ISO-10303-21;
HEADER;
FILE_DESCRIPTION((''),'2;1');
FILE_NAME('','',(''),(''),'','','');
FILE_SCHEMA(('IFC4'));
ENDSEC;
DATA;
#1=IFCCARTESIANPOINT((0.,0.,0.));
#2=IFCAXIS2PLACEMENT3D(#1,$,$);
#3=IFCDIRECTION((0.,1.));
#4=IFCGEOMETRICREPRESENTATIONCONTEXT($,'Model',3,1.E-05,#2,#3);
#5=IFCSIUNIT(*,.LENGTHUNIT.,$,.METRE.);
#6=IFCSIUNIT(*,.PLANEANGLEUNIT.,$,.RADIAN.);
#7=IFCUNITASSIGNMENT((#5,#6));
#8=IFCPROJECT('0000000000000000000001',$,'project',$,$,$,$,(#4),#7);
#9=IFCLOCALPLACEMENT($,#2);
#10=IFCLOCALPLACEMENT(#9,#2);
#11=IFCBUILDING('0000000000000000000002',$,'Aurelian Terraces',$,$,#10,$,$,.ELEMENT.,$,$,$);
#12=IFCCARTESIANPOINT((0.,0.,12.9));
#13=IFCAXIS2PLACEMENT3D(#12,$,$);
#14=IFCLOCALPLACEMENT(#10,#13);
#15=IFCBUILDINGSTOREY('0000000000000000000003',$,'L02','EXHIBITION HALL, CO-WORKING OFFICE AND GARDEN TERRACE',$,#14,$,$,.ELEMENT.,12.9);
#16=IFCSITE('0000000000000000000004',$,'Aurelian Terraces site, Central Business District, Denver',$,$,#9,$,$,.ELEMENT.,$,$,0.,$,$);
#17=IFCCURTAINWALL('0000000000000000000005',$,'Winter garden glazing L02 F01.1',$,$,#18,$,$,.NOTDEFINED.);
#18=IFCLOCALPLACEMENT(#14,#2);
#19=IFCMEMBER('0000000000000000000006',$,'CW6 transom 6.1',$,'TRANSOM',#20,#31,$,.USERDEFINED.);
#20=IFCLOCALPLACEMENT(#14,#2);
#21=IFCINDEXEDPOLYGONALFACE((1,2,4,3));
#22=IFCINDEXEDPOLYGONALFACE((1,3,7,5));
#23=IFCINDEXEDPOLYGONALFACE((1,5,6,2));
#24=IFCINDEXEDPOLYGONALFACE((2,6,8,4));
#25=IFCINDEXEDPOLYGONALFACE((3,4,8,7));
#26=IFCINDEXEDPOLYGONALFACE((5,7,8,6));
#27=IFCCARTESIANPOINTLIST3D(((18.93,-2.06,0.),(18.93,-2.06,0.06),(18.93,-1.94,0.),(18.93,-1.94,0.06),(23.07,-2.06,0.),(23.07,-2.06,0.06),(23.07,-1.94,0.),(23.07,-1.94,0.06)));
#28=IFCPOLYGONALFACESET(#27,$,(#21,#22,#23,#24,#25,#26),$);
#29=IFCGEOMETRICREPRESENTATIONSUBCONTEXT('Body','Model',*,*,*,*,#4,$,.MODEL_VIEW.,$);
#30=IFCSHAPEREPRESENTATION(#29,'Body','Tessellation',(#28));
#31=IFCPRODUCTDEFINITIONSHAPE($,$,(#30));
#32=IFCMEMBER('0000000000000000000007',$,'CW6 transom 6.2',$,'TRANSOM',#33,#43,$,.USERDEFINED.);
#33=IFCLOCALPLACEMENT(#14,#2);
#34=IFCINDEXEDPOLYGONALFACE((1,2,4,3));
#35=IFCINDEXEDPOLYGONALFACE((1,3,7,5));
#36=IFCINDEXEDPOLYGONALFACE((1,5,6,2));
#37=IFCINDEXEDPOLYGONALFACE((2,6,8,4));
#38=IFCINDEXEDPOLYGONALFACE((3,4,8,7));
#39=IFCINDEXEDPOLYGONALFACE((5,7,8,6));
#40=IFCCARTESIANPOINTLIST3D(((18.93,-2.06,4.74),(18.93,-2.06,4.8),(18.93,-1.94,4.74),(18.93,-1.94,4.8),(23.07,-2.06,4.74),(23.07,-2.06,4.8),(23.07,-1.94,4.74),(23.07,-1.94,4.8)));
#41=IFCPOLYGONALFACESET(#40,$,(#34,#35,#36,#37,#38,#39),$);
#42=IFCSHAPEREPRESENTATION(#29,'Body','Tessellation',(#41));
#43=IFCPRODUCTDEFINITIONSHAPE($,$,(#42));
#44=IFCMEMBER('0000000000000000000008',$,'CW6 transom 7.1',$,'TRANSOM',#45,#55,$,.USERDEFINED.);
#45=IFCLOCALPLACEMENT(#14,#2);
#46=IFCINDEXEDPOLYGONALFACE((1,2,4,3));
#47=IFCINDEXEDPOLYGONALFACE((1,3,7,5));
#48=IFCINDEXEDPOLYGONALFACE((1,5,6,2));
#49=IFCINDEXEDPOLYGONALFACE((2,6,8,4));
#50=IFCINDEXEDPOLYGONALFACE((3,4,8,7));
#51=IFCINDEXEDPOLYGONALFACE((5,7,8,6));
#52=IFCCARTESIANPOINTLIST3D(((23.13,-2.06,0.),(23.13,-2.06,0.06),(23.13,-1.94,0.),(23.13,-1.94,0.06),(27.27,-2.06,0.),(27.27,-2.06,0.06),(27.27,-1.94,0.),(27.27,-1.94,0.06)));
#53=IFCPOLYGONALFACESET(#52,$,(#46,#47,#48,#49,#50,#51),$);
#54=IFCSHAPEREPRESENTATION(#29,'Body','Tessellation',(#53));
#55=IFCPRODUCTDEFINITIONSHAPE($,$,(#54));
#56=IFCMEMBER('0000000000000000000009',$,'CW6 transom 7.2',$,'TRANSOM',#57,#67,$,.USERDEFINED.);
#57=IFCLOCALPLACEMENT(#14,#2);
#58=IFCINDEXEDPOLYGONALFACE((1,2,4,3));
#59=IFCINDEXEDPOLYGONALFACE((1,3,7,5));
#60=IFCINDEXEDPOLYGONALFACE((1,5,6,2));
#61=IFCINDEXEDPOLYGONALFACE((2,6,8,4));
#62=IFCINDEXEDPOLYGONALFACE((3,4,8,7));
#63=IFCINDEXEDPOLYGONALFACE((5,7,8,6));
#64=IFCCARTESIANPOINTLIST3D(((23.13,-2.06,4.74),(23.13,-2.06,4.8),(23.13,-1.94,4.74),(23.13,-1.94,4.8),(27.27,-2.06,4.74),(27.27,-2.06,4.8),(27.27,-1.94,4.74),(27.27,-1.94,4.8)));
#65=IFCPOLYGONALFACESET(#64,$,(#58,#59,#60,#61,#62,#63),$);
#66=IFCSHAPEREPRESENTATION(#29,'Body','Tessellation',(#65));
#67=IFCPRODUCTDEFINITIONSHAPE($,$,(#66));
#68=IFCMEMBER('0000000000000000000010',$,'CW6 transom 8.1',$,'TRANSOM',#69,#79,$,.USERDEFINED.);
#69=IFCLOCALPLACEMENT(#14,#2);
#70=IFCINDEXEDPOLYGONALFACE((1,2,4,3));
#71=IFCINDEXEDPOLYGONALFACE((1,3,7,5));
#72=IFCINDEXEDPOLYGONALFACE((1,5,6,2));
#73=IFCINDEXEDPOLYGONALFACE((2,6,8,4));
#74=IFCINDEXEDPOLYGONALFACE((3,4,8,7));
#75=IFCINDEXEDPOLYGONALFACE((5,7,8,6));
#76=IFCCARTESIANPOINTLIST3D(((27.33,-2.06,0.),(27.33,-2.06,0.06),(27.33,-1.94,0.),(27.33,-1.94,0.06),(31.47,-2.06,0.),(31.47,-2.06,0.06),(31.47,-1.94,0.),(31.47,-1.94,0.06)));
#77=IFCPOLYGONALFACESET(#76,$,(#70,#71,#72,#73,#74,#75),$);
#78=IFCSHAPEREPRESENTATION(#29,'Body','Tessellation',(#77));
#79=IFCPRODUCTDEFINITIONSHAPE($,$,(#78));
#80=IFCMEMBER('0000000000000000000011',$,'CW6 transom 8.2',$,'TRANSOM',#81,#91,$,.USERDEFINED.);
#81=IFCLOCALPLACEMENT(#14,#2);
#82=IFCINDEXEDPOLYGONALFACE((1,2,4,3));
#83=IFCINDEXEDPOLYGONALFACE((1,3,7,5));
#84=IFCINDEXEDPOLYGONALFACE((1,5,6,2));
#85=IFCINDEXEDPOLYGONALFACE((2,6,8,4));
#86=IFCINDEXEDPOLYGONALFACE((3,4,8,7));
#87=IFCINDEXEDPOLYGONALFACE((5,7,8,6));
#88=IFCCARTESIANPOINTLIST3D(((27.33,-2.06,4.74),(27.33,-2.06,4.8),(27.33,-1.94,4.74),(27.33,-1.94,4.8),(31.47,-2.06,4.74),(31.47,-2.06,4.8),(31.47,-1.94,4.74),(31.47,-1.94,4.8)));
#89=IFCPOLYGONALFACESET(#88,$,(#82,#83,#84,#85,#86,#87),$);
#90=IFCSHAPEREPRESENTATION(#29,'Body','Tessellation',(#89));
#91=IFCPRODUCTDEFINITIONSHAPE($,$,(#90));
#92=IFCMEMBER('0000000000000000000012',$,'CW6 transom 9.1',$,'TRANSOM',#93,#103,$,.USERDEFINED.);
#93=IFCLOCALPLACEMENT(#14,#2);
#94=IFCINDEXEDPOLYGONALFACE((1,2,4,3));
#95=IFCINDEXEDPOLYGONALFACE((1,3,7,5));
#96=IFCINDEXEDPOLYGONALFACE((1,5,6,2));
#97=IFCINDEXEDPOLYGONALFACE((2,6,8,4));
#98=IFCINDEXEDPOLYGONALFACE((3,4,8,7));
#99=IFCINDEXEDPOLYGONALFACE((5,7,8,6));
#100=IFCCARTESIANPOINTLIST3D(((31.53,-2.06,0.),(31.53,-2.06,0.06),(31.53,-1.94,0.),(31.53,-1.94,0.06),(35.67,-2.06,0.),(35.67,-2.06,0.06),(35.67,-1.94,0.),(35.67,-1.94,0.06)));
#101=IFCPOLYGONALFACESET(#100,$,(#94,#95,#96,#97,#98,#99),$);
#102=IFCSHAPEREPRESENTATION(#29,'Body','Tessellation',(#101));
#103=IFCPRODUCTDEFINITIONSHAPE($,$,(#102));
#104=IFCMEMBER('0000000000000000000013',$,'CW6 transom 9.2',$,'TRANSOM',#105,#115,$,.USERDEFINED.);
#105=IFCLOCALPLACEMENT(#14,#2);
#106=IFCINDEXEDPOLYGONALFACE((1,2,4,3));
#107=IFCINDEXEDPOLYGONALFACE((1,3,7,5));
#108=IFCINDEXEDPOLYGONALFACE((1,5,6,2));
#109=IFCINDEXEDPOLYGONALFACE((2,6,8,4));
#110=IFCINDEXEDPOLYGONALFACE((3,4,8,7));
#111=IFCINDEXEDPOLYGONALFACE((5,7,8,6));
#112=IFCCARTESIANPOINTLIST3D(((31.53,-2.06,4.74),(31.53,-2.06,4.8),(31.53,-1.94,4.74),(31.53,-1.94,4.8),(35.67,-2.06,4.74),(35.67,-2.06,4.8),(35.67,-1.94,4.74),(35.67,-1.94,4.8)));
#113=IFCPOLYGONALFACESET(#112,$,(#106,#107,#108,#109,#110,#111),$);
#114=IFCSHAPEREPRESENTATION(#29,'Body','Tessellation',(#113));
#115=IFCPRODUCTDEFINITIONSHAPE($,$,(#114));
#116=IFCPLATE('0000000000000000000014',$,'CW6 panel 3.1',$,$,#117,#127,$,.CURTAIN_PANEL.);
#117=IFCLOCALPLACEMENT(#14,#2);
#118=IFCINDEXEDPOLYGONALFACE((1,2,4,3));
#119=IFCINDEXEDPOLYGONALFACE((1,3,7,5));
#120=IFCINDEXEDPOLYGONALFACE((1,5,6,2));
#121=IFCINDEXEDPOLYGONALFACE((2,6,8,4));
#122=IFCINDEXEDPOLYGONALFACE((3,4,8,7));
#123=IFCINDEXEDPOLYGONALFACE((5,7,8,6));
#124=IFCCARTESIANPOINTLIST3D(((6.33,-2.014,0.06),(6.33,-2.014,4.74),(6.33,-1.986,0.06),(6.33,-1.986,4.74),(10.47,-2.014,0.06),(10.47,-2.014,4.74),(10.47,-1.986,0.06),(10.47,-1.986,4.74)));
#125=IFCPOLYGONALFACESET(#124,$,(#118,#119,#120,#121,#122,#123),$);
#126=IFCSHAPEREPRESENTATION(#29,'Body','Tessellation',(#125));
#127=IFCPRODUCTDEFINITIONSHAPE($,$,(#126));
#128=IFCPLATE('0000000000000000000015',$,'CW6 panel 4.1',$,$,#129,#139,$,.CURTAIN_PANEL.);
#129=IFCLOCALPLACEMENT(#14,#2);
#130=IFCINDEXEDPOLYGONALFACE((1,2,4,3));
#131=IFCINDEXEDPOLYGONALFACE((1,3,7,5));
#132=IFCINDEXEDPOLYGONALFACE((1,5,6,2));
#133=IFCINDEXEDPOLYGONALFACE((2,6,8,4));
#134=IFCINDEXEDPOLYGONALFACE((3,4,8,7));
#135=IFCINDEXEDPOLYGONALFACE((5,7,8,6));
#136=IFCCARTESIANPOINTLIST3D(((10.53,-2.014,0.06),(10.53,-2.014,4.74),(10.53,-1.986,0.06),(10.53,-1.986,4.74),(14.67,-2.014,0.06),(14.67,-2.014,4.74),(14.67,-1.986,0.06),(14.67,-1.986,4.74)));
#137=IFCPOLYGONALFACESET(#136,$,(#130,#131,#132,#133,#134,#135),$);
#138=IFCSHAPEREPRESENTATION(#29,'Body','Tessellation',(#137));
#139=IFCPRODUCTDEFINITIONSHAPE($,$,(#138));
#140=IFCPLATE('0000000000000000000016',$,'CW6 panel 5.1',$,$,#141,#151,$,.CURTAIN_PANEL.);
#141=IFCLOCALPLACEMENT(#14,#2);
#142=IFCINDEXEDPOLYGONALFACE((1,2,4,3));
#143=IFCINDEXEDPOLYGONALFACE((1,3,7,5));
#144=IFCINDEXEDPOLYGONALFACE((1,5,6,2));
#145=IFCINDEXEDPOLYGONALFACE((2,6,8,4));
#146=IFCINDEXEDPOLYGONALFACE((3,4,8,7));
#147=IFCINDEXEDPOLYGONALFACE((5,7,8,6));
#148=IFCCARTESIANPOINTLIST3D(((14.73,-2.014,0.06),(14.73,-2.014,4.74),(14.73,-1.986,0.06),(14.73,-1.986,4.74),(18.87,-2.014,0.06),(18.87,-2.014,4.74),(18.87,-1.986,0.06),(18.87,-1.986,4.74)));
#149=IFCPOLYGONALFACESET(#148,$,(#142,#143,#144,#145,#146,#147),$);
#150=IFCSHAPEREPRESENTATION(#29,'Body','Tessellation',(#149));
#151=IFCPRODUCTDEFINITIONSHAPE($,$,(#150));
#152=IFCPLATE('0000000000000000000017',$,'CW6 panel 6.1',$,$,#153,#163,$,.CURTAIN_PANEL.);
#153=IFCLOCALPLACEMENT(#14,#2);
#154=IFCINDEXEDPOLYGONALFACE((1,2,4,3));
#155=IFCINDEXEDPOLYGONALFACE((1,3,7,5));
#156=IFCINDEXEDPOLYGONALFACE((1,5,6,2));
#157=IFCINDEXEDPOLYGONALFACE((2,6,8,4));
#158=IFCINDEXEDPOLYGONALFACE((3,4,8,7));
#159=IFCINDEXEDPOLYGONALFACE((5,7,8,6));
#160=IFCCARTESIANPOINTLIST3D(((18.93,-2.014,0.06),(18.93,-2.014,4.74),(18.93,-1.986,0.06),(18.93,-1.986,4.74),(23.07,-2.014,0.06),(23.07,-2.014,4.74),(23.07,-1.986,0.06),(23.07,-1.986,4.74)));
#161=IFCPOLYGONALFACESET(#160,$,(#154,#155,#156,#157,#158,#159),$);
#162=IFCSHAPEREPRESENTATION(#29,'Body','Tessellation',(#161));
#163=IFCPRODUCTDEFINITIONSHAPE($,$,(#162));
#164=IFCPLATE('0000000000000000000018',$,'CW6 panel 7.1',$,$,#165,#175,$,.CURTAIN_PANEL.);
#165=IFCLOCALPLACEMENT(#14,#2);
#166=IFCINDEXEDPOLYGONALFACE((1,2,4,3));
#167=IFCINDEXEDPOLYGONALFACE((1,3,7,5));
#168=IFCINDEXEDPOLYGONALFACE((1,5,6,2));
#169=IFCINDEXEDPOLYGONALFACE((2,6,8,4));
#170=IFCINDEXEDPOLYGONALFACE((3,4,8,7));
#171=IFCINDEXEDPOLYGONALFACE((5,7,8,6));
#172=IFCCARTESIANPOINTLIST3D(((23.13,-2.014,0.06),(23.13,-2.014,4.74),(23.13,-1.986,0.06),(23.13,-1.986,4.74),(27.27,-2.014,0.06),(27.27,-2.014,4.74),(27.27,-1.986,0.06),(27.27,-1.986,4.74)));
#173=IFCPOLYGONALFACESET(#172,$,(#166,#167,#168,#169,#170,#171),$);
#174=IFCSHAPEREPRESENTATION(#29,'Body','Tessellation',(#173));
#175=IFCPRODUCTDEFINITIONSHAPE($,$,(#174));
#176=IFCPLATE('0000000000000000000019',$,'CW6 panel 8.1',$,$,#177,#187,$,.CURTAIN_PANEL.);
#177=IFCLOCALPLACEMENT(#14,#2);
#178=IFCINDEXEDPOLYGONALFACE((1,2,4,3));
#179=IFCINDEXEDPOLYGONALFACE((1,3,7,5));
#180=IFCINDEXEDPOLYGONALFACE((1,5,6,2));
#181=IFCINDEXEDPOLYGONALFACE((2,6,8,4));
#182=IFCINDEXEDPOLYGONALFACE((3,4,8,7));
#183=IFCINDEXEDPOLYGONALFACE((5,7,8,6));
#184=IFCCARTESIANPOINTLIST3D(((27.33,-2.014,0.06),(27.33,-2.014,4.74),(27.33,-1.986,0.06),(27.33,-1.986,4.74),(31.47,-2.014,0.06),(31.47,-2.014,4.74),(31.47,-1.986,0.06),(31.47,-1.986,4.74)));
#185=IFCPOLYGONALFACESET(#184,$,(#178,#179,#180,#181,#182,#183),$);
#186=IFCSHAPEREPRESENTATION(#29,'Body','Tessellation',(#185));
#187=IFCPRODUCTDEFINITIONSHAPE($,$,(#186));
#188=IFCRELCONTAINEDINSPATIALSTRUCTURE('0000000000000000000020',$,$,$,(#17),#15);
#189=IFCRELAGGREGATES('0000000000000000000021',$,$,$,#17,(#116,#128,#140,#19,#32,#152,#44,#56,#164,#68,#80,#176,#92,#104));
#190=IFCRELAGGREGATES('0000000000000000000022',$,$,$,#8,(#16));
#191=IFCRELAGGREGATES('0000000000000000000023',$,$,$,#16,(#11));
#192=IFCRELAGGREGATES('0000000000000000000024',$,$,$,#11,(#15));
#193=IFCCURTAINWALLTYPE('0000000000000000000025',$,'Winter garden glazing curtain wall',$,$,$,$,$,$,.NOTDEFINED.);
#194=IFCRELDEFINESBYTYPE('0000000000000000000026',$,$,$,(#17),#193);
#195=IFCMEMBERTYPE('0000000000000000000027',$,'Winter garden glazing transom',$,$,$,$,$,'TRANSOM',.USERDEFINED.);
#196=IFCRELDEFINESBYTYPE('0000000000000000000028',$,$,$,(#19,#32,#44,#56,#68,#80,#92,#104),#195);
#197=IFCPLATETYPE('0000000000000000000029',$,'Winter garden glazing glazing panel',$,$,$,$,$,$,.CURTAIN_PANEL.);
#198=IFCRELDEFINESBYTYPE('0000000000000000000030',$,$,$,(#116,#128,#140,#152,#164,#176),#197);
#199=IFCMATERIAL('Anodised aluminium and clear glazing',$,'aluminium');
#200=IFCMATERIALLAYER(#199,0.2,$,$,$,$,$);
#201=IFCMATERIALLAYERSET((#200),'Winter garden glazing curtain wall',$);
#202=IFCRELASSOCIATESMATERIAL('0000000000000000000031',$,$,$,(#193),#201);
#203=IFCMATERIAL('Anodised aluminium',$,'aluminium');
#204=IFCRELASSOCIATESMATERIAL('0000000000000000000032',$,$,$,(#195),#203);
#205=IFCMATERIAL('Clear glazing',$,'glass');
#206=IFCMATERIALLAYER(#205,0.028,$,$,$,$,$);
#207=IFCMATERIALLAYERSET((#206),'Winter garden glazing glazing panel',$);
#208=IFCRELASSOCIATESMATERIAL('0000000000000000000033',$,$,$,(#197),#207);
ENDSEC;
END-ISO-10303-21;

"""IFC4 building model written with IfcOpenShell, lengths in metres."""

from ifc_helpers import new_model, si_unit, direction, frame, origin, origin_2d, place, context, subcontext, project, spatial, rectangle, extrude, source, transform, mapped, material, layer, layer_set, material_profile, profile_set, type_object, element, aggregate, save


model = new_model("IFC4")

# Units and contexts
model_context = context("Model", 3, precision=1e-05, world=origin(), true_north=direction((0.0, 1.0)))
body_context = subcontext(model_context, "Body", "Model", "MODEL_VIEW")
ifc_project = project(units=[si_unit("LENGTHUNIT", "METRE"), si_unit("PLANEANGLEUNIT", "RADIAN")], contexts=[model_context])

# Site, building, storey
site_placement = place(None, origin())
site = spatial("IfcSite", under=ifc_project, at=site_placement, Name="Aurelian Terraces site, Central Business District, Denver", CompositionType="ELEMENT", RefElevation=0.0)
building_placement = place(site_placement, origin())
building = spatial("IfcBuilding", under=site, at=building_placement, Name="Aurelian Terraces", CompositionType="ELEMENT")
storey_placement = place(building_placement, frame((0.0, 0.0, 12.9)))
storey = spatial("IfcBuildingStorey", under=building, at=storey_placement, Name="L02", Description="EXHIBITION HALL, CO-WORKING OFFICE AND GARDEN TERRACE", CompositionType="ELEMENT", Elevation=12.9)

# Curtain wall, members, plates
ifc_material_1 = material(Name="Anodised aluminium and clear glazing", Category="aluminium")
ifc_layer_1 = layer(ifc_material_1, 0.2)
ifc_layer_set_1 = layer_set([ifc_layer_1], Name="Winter garden glazing curtain wall")
curtain_wall_type = type_object("IfcCurtainWallType", Name="Winter garden glazing curtain wall", PredefinedType="NOTDEFINED", material=ifc_layer_set_1)
curtain_wall_placement = place(storey_placement, origin())
curtain_wall = element("IfcCurtainWall", 1, at=curtain_wall_placement, inside=storey, type_object=curtain_wall_type, Name="Winter garden glazing L02 F01.1", PredefinedType="NOTDEFINED")
ifc_material_2 = material(Name="Anodised aluminium", Category="aluminium")
ifc_material_profile_1 = material_profile(ifc_material_2, rectangle(XDim=0.12, YDim=0.06, at=origin_2d()))
ifc_profile_set_1 = profile_set([ifc_material_profile_1], Name="Anodised aluminium")
member_type_1 = type_object("IfcMemberType", Name="Winter garden glazing transom", ElementType="TRANSOM", PredefinedType="USERDEFINED", material=ifc_profile_set_1)
shared_shape_1 = source(origin(), body_context, "Body", "SweptSolid", [
    extrude(rectangle(XDim=0.12, YDim=0.06, at=origin_2d()), origin(), (0.0, 0.0, 1.0), 4.14),
])
member_1_placement = place(storey_placement, frame((18.93, -2.0, 0.03), z_axis=(1.0, 0.0, 0.0), x_axis=(0.0, 1.0, 0.0)))
member_1 = element("IfcMember", 2, at=member_1_placement, type_object=member_type_1, Name="CW6 transom 6.1", ObjectType="TRANSOM", PredefinedType="USERDEFINED", context=body_context, shape_type="MappedRepresentation", body=[
    mapped(shared_shape_1, transform((0.0, 0.0, 0.0), scale=1.0)),
])
member_2_placement = place(storey_placement, frame((18.93, -2.0, 4.77), z_axis=(1.0, 0.0, 0.0), x_axis=(0.0, 1.0, 0.0)))
member_2 = element("IfcMember", 3, at=member_2_placement, type_object=member_type_1, Name="CW6 transom 6.2", ObjectType="TRANSOM", PredefinedType="USERDEFINED", context=body_context, shape_type="MappedRepresentation", body=[
    mapped(shared_shape_1, transform((0.0, 0.0, 0.0), scale=1.0)),
])
member_3_placement = place(storey_placement, frame((23.13, -2.0, 0.03), z_axis=(1.0, 0.0, 0.0), x_axis=(0.0, 1.0, 0.0)))
member_3 = element("IfcMember", 4, at=member_3_placement, type_object=member_type_1, Name="CW6 transom 7.1", ObjectType="TRANSOM", PredefinedType="USERDEFINED", context=body_context, shape_type="MappedRepresentation", body=[
    mapped(shared_shape_1, transform((0.0, 0.0, 0.0), scale=1.0)),
])
member_4_placement = place(storey_placement, frame((23.13, -2.0, 4.77), z_axis=(1.0, 0.0, 0.0), x_axis=(0.0, 1.0, 0.0)))
member_4 = element("IfcMember", 5, at=member_4_placement, type_object=member_type_1, Name="CW6 transom 7.2", ObjectType="TRANSOM", PredefinedType="USERDEFINED", context=body_context, shape_type="MappedRepresentation", body=[
    mapped(shared_shape_1, transform((0.0, 0.0, 0.0), scale=1.0)),
])
member_5_placement = place(storey_placement, frame((27.33, -2.0, 0.03), z_axis=(1.0, 0.0, 0.0), x_axis=(0.0, 1.0, 0.0)))
member_5 = element("IfcMember", 6, at=member_5_placement, type_object=member_type_1, Name="CW6 transom 8.1", ObjectType="TRANSOM", PredefinedType="USERDEFINED", context=body_context, shape_type="MappedRepresentation", body=[
    mapped(shared_shape_1, transform((0.0, 0.0, 0.0), scale=1.0)),
])
member_6_placement = place(storey_placement, frame((27.33, -2.0, 4.77), z_axis=(1.0, 0.0, 0.0), x_axis=(0.0, 1.0, 0.0)))
member_6 = element("IfcMember", 7, at=member_6_placement, type_object=member_type_1, Name="CW6 transom 8.2", ObjectType="TRANSOM", PredefinedType="USERDEFINED", context=body_context, shape_type="MappedRepresentation", body=[
    mapped(shared_shape_1, transform((0.0, 0.0, 0.0), scale=1.0)),
])
member_7_placement = place(storey_placement, frame((31.53, -2.0, 0.03), z_axis=(1.0, 0.0, 0.0), x_axis=(0.0, 1.0, 0.0)))
member_7 = element("IfcMember", 8, at=member_7_placement, type_object=member_type_1, Name="CW6 transom 9.1", ObjectType="TRANSOM", PredefinedType="USERDEFINED", context=body_context, shape_type="MappedRepresentation", body=[
    mapped(shared_shape_1, transform((0.0, 0.0, 0.0), scale=1.0)),
])
member_8_placement = place(storey_placement, frame((31.53, -2.0, 4.77), z_axis=(1.0, 0.0, 0.0), x_axis=(0.0, 1.0, 0.0)))
member_8 = element("IfcMember", 9, at=member_8_placement, type_object=member_type_1, Name="CW6 transom 9.2", ObjectType="TRANSOM", PredefinedType="USERDEFINED", context=body_context, shape_type="MappedRepresentation", body=[
    mapped(shared_shape_1, transform((0.0, 0.0, 0.0), scale=1.0)),
])
ifc_material_3 = material(Name="Clear glazing", Category="glass")
ifc_layer_2 = layer(ifc_material_3, 0.028)
ifc_layer_set_2 = layer_set([ifc_layer_2], Name="Winter garden glazing glazing panel")
plate_type = type_object("IfcPlateType", Name="Winter garden glazing glazing panel", PredefinedType="CURTAIN_PANEL", material=ifc_layer_set_2)
shared_shape_2 = source(origin(), body_context, "Body", "SweptSolid", [
    extrude(rectangle(XDim=4.14, YDim=0.028, at=origin_2d()), origin(), (0.0, 0.0, 1.0), 4.68),
])
plate_1_placement = place(storey_placement, frame((8.4, -2.0, 0.06), z_axis=(0.0, 0.0, 1.0), x_axis=(1.0, 0.0, 0.0)))
plate_1 = element("IfcPlate", 10, at=plate_1_placement, type_object=plate_type, Name="CW6 panel 3.1", PredefinedType="CURTAIN_PANEL", context=body_context, shape_type="MappedRepresentation", body=[
    mapped(shared_shape_2, transform((0.0, 0.0, 0.0), scale=1.0)),
])
plate_2_placement = place(storey_placement, frame((12.6, -2.0, 0.06), z_axis=(0.0, 0.0, 1.0), x_axis=(1.0, 0.0, 0.0)))
plate_2 = element("IfcPlate", 11, at=plate_2_placement, type_object=plate_type, Name="CW6 panel 4.1", PredefinedType="CURTAIN_PANEL", context=body_context, shape_type="MappedRepresentation", body=[
    mapped(shared_shape_2, transform((0.0, 0.0, 0.0), scale=1.0)),
])
plate_3_placement = place(storey_placement, frame((16.8, -2.0, 0.06), z_axis=(0.0, 0.0, 1.0), x_axis=(1.0, 0.0, 0.0)))
plate_3 = element("IfcPlate", 12, at=plate_3_placement, type_object=plate_type, Name="CW6 panel 5.1", PredefinedType="CURTAIN_PANEL", context=body_context, shape_type="MappedRepresentation", body=[
    mapped(shared_shape_2, transform((0.0, 0.0, 0.0), scale=1.0)),
])
plate_4_placement = place(storey_placement, frame((21.0, -2.0, 0.06), z_axis=(0.0, 0.0, 1.0), x_axis=(1.0, 0.0, 0.0)))
plate_4 = element("IfcPlate", 13, at=plate_4_placement, type_object=plate_type, Name="CW6 panel 6.1", PredefinedType="CURTAIN_PANEL", context=body_context, shape_type="MappedRepresentation", body=[
    mapped(shared_shape_2, transform((0.0, 0.0, 0.0), scale=1.0)),
])
plate_5_placement = place(storey_placement, frame((25.2, -2.0, 0.06), z_axis=(0.0, 0.0, 1.0), x_axis=(1.0, 0.0, 0.0)))
plate_5 = element("IfcPlate", 14, at=plate_5_placement, type_object=plate_type, Name="CW6 panel 7.1", PredefinedType="CURTAIN_PANEL", context=body_context, shape_type="MappedRepresentation", body=[
    mapped(shared_shape_2, transform((0.0, 0.0, 0.0), scale=1.0)),
])
plate_6_placement = place(storey_placement, frame((29.4, -2.0, 0.06), z_axis=(0.0, 0.0, 1.0), x_axis=(1.0, 0.0, 0.0)))
plate_6 = element("IfcPlate", 15, at=plate_6_placement, type_object=plate_type, Name="CW6 panel 8.1", PredefinedType="CURTAIN_PANEL", context=body_context, shape_type="MappedRepresentation", body=[
    mapped(shared_shape_2, transform((0.0, 0.0, 0.0), scale=1.0)),
])
aggregate(curtain_wall, [plate_1, plate_2, plate_3, member_1, member_2, plate_4, member_3, member_4, plate_5, member_5, member_6, plate_6, member_7, member_8])

save(model, "model.ifc")
